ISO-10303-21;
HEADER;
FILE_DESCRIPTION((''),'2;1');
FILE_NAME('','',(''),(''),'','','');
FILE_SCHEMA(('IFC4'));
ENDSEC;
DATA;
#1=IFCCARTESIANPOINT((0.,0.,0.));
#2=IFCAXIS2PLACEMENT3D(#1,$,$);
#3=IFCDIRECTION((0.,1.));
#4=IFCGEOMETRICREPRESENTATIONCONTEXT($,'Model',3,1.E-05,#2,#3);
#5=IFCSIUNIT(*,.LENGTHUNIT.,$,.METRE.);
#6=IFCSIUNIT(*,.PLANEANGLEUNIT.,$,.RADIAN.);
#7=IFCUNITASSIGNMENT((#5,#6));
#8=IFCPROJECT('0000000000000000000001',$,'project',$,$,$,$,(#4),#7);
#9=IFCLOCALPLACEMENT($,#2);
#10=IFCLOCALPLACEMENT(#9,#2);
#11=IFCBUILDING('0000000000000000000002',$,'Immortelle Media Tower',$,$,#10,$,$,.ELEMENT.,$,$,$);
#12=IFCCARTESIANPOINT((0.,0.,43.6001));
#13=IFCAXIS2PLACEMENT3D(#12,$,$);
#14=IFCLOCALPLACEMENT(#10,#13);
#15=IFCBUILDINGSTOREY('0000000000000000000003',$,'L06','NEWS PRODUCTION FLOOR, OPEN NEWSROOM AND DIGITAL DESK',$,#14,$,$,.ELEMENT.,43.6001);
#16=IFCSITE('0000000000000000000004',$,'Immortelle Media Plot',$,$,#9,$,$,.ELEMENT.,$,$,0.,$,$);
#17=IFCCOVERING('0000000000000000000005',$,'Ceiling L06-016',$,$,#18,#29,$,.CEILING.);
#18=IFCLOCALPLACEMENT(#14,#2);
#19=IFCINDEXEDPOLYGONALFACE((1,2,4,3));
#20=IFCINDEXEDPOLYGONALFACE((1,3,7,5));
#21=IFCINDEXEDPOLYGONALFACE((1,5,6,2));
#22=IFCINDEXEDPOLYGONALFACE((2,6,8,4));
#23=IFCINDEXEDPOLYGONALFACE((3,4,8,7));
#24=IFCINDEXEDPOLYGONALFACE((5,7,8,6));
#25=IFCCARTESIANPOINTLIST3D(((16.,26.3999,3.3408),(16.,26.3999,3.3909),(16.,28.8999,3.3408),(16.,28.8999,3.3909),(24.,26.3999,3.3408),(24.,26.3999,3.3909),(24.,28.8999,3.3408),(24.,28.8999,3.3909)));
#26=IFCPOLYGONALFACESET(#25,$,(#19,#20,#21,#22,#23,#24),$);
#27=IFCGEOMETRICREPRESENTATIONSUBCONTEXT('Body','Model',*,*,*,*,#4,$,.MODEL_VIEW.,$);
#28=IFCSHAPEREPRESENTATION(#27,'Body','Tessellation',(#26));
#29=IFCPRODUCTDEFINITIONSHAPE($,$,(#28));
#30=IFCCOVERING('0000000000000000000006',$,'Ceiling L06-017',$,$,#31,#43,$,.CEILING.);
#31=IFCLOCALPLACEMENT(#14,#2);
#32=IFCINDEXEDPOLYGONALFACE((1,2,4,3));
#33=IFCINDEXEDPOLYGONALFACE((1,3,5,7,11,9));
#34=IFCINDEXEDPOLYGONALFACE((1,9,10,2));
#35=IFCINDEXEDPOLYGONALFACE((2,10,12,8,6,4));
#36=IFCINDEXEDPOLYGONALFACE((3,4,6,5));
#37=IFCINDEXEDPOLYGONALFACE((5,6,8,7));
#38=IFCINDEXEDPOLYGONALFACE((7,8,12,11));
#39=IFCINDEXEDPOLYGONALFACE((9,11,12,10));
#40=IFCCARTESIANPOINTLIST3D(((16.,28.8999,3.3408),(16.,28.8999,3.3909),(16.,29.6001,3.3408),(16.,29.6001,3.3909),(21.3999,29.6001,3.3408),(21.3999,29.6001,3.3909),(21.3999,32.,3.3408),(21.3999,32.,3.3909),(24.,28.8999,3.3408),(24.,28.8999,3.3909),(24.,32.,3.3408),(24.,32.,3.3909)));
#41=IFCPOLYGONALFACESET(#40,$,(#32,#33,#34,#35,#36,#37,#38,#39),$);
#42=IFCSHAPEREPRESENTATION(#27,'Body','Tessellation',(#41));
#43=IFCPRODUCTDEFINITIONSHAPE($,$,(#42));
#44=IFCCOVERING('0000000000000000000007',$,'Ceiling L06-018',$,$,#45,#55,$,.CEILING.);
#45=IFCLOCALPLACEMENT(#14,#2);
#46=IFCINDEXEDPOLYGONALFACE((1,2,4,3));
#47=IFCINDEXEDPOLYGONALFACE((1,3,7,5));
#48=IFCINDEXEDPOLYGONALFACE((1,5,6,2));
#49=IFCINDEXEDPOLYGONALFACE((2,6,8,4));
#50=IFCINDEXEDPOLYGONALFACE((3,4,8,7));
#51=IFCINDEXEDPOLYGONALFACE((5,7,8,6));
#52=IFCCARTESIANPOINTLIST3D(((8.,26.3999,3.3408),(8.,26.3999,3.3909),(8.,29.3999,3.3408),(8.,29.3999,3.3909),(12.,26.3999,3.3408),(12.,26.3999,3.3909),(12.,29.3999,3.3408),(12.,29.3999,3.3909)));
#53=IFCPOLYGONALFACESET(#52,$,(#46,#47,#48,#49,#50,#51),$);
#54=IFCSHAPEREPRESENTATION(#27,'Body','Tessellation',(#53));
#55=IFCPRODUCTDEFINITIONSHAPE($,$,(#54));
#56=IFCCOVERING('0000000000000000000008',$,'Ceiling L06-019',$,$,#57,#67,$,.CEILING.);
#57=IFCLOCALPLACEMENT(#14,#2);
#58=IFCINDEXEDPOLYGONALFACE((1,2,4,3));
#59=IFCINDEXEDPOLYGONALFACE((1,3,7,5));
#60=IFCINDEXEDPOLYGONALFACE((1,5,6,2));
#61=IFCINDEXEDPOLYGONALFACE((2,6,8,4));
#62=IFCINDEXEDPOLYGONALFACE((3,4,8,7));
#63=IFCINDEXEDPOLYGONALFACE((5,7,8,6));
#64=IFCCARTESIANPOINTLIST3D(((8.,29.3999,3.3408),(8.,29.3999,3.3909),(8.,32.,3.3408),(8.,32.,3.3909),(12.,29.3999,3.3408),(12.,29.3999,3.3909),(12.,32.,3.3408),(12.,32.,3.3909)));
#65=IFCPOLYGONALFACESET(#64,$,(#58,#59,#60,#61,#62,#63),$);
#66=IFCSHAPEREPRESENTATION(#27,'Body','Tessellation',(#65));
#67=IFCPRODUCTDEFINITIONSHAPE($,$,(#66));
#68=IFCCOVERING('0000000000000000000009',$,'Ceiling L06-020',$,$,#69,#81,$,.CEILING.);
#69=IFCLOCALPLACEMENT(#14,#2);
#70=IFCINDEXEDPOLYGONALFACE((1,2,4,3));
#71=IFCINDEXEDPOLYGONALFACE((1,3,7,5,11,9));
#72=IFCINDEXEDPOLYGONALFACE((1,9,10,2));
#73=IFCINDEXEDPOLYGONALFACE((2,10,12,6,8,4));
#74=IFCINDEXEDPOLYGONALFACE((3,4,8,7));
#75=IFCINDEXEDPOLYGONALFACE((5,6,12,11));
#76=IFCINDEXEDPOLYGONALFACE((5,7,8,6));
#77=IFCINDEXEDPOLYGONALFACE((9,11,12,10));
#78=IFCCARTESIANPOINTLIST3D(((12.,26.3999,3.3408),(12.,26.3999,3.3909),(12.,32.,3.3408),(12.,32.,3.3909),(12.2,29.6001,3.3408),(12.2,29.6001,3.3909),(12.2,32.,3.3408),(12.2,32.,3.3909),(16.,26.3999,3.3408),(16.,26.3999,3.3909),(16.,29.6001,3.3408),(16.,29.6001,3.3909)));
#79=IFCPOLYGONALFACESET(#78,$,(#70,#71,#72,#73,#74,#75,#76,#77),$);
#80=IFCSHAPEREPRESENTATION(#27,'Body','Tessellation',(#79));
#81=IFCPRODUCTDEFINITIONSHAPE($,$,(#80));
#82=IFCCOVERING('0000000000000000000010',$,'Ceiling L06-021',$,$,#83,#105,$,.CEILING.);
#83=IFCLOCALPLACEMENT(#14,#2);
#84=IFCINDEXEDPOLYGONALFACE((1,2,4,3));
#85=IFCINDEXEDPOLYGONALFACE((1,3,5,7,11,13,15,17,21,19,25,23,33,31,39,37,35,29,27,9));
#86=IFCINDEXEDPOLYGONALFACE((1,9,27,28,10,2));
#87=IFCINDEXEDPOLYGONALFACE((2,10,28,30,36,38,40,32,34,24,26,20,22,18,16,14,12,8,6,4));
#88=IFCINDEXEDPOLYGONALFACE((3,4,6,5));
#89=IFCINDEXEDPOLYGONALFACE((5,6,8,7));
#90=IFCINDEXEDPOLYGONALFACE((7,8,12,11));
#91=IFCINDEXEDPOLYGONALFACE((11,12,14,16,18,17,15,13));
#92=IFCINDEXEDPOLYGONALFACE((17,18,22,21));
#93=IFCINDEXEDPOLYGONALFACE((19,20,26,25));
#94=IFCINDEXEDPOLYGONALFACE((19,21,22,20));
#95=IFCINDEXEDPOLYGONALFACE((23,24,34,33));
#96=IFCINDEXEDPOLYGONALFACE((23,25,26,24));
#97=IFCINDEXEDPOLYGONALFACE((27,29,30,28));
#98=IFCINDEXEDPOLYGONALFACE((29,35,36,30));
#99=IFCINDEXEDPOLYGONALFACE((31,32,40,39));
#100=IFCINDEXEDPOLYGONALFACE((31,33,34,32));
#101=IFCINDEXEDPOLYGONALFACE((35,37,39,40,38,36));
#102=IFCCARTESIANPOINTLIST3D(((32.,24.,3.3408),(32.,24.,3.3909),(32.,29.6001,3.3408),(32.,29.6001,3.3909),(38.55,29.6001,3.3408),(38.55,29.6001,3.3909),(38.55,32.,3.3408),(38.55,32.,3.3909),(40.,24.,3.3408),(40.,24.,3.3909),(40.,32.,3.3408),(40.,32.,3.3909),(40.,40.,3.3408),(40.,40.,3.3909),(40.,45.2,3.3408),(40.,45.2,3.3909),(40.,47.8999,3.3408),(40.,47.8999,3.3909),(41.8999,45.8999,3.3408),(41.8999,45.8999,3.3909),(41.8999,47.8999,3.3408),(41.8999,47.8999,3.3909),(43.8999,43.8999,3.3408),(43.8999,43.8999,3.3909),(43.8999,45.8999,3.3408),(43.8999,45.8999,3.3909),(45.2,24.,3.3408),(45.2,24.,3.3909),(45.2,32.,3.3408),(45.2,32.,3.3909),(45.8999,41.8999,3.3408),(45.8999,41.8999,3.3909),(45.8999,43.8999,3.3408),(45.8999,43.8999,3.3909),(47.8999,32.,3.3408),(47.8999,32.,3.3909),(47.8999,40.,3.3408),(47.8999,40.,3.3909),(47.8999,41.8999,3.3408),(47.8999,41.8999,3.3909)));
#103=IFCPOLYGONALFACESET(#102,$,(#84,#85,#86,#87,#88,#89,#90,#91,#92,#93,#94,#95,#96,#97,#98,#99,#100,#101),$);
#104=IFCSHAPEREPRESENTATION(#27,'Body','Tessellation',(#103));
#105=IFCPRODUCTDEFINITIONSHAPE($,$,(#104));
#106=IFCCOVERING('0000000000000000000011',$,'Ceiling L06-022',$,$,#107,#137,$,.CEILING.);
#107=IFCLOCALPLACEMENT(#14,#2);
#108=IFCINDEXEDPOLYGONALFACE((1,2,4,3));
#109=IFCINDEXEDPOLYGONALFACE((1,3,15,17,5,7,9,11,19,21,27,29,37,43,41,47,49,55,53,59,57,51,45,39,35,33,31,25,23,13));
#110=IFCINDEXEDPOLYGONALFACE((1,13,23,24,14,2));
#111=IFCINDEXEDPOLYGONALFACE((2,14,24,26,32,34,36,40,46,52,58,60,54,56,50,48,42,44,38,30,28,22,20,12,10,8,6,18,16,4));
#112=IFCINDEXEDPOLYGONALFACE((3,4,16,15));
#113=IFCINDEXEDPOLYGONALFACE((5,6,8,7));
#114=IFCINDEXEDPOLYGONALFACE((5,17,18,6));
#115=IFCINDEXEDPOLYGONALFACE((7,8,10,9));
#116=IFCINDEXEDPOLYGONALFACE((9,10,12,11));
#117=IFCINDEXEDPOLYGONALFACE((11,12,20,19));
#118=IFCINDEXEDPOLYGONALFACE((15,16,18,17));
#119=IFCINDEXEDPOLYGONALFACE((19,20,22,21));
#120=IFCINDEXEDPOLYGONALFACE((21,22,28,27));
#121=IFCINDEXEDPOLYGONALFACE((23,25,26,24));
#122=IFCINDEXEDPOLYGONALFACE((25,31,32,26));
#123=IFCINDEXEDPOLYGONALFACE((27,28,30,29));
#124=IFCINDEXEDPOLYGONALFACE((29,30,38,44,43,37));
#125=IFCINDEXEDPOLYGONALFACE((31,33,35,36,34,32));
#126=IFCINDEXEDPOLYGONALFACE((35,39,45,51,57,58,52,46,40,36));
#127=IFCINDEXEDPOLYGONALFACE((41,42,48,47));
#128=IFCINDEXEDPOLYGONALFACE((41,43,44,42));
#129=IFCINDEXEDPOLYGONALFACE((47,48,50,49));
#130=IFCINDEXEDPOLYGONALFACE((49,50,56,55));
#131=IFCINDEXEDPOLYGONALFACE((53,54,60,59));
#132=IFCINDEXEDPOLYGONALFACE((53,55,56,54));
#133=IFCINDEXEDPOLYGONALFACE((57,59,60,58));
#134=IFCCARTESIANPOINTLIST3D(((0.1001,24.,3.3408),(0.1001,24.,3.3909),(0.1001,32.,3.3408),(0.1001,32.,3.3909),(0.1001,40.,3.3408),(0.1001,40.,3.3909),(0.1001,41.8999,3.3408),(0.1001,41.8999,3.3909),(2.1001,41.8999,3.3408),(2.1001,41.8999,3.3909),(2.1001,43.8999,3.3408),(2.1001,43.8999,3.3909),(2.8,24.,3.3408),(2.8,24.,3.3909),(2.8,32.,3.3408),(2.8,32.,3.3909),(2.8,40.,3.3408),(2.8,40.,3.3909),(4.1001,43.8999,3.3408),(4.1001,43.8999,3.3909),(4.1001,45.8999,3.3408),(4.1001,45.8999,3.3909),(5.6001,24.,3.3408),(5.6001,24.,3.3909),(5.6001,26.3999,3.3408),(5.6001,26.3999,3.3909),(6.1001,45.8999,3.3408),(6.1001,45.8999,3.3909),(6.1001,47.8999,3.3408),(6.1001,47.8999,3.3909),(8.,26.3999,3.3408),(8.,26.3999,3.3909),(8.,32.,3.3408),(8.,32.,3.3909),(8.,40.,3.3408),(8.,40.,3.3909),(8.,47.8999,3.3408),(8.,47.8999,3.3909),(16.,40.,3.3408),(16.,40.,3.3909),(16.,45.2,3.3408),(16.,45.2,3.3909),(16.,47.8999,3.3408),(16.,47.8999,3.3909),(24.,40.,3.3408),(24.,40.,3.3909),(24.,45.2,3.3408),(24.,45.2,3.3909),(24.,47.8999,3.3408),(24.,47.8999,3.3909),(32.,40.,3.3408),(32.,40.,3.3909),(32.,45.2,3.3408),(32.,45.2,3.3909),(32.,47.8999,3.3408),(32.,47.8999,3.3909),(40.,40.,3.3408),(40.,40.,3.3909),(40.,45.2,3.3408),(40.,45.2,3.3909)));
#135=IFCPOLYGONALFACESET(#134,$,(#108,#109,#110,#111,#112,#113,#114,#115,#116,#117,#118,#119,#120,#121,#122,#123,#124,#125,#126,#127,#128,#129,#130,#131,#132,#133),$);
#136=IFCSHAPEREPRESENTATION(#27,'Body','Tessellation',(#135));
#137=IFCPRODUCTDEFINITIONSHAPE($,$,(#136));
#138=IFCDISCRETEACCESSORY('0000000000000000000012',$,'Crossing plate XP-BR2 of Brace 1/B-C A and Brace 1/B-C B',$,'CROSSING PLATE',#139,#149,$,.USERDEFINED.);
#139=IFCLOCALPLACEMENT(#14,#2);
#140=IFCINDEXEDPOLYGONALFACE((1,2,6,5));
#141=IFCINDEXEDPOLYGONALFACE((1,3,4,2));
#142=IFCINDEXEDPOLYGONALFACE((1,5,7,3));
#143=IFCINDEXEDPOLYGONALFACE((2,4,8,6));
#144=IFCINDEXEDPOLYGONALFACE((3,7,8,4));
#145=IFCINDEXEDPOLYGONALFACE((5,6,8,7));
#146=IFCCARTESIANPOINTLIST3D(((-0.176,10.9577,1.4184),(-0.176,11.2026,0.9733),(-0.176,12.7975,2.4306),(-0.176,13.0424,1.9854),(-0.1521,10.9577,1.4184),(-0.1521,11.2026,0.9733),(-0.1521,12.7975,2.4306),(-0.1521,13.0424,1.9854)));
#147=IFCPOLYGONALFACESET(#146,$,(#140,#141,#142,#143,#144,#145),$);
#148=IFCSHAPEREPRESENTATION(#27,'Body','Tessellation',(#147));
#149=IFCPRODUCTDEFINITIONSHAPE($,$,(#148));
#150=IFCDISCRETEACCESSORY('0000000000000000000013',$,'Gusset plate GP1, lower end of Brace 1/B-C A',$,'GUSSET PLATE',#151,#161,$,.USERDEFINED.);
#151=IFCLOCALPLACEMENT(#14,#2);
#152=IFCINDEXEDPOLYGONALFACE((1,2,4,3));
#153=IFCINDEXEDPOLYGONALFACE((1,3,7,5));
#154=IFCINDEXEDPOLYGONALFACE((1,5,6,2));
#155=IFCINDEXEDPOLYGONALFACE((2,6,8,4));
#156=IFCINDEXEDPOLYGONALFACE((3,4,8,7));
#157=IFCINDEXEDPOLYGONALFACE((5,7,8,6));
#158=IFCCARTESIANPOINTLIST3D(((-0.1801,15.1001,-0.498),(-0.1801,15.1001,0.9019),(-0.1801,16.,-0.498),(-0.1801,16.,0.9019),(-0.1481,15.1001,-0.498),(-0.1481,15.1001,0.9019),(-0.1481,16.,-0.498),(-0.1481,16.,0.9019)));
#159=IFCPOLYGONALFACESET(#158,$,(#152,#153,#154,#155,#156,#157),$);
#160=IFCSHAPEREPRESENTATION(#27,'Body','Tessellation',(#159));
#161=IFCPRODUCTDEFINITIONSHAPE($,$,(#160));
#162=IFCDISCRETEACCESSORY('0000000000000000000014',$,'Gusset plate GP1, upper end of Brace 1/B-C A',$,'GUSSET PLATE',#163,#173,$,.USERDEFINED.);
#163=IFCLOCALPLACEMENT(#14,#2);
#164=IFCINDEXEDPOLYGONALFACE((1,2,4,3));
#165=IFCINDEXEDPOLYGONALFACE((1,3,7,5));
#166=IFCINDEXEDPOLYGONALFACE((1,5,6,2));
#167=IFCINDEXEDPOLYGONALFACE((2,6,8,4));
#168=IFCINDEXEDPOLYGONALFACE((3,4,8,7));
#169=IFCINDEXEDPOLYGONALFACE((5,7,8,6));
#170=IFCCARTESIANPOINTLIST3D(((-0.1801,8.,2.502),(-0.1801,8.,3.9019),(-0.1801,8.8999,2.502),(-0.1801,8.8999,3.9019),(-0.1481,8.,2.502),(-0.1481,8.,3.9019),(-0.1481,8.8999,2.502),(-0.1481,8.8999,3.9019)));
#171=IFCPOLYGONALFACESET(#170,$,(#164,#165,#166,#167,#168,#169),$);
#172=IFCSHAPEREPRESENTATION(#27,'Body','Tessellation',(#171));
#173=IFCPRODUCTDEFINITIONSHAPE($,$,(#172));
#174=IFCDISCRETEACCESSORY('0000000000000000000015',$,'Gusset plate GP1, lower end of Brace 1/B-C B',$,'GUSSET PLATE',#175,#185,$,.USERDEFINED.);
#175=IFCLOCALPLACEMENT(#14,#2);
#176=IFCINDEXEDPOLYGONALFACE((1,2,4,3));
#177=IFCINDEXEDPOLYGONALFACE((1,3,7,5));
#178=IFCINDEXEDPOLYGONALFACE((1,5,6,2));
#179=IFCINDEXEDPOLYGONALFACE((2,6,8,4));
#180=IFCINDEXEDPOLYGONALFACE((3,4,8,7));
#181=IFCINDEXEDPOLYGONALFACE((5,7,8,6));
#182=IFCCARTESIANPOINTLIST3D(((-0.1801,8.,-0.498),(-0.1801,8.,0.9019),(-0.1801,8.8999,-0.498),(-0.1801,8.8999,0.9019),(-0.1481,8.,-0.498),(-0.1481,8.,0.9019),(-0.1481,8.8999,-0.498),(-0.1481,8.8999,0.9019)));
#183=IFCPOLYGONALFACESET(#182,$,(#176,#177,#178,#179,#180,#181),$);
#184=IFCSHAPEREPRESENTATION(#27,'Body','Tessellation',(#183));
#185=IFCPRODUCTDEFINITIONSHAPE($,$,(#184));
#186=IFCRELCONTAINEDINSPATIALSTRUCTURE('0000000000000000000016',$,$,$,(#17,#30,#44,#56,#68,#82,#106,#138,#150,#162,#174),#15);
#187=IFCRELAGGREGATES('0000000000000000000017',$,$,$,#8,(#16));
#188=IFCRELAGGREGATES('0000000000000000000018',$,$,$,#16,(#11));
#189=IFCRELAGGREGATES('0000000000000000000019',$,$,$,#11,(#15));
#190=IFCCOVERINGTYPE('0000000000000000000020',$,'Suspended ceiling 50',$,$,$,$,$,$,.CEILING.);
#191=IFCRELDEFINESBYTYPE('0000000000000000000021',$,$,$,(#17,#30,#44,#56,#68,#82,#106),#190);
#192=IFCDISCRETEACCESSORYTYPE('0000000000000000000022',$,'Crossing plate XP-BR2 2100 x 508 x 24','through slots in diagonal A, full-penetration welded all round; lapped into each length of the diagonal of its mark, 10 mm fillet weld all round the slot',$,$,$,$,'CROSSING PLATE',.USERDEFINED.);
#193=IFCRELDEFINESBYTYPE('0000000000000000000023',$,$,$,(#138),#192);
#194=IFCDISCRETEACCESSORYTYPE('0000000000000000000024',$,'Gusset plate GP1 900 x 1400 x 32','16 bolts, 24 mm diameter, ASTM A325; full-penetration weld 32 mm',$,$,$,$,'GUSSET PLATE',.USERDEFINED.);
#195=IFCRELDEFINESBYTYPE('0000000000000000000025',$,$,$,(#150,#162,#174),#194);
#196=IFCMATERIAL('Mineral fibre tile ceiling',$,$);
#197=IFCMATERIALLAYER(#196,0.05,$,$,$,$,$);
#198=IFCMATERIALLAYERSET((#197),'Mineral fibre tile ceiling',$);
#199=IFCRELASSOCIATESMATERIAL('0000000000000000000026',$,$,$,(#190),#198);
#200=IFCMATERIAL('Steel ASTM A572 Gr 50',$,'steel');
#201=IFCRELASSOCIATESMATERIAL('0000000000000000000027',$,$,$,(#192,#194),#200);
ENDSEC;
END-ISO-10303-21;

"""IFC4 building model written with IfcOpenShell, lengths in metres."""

from ifc_helpers import new_model, si_unit, direction, frame, origin, origin_2d, place, context, subcontext, project, spatial, polyline, rectangle, outline, extrude, material, layer, layer_set, material_profile, profile_set, type_object, element, save


model = new_model("IFC4")

# Units and contexts
model_context = context("Model", 3, precision=1e-05, world=origin(), true_north=direction((0.0, 1.0)))
body_context = subcontext(model_context, "Body", "Model", "MODEL_VIEW")
ifc_project = project(units=[si_unit("LENGTHUNIT", "METRE"), si_unit("PLANEANGLEUNIT", "RADIAN")], contexts=[model_context])

# Site, building, storey
site_placement = place(None, origin())
site = spatial("IfcSite", under=ifc_project, at=site_placement, Name="Immortelle Media Plot", CompositionType="ELEMENT", RefElevation=0.0)
building_placement = place(site_placement, origin())
building = spatial("IfcBuilding", under=site, at=building_placement, Name="Immortelle Media Tower", CompositionType="ELEMENT")
storey_placement = place(building_placement, frame((0.0, 0.0, 43.6001)))
storey = spatial("IfcBuildingStorey", under=building, at=storey_placement, Name="L06", Description="NEWS PRODUCTION FLOOR, OPEN NEWSROOM AND DIGITAL DESK", CompositionType="ELEMENT", Elevation=43.6001)

# Coverings
ifc_material_1 = material(Name="Mineral fibre tile ceiling")
ifc_layer_1 = layer(ifc_material_1, 0.05)
ifc_layer_set_1 = layer_set([ifc_layer_1], Name="Mineral fibre tile ceiling")
covering_type = type_object("IfcCoveringType", Name="Suspended ceiling 50", PredefinedType="CEILING", material=ifc_layer_set_1)
covering_1_placement = place(storey_placement, frame((0.0, 0.0, 3.3408)))
element("IfcCovering", 1, at=covering_1_placement, inside=storey, type_object=covering_type, Name="Ceiling L06-016", PredefinedType="CEILING", context=body_context, shape_type="SweptSolid", body=[
    extrude(outline(polyline([(16.0, 28.8999), (24.0, 28.8999), (24.0, 26.3999), (16.0, 26.3999), (16.0, 28.8999)])), origin(), (0.0, 0.0, 1.0), 0.05),
])
covering_2_placement = place(storey_placement, frame((0.0, 0.0, 3.3408)))
element("IfcCovering", 2, at=covering_2_placement, inside=storey, type_object=covering_type, Name="Ceiling L06-017", PredefinedType="CEILING", context=body_context, shape_type="SweptSolid", body=[
    extrude(outline(polyline([(16.0, 29.6001), (21.3999, 29.6001), (21.3999, 32.0), (24.0, 32.0), (24.0, 28.8999), (16.0, 28.8999), (16.0, 29.6001)])), origin(), (0.0, 0.0, 1.0), 0.05),
])
covering_3_placement = place(storey_placement, frame((0.0, 0.0, 3.3408)))
element("IfcCovering", 3, at=covering_3_placement, inside=storey, type_object=covering_type, Name="Ceiling L06-018", PredefinedType="CEILING", context=body_context, shape_type="SweptSolid", body=[
    extrude(outline(polyline([(12.0, 26.3999), (8.0, 26.3999), (8.0, 29.3999), (12.0, 29.3999), (12.0, 26.3999)])), origin(), (0.0, 0.0, 1.0), 0.05),
])
covering_4_placement = place(storey_placement, frame((0.0, 0.0, 3.3408)))
element("IfcCovering", 4, at=covering_4_placement, inside=storey, type_object=covering_type, Name="Ceiling L06-019", PredefinedType="CEILING", context=body_context, shape_type="SweptSolid", body=[
    extrude(outline(polyline([(12.0, 32.0), (12.0, 29.3999), (8.0, 29.3999), (8.0, 32.0), (12.0, 32.0)])), origin(), (0.0, 0.0, 1.0), 0.05),
])
covering_5_placement = place(storey_placement, frame((0.0, 0.0, 3.3408)))
element("IfcCovering", 5, at=covering_5_placement, inside=storey, type_object=covering_type, Name="Ceiling L06-020", PredefinedType="CEILING", context=body_context, shape_type="SweptSolid", body=[
    extrude(outline(polyline([(12.2, 32.0), (12.2, 29.6001), (16.0, 29.6001), (16.0, 26.3999), (12.0, 26.3999), (12.0, 32.0), (12.2, 32.0)])), origin(), (0.0, 0.0, 1.0), 0.05),
])
covering_6_placement = place(storey_placement, frame((0.0, 0.0, 3.3408)))
element("IfcCovering", 6, at=covering_6_placement, inside=storey, type_object=covering_type, Name="Ceiling L06-021", PredefinedType="CEILING", context=body_context, shape_type="SweptSolid", body=[
    extrude(outline(polyline([(38.55, 32.0), (40.0, 32.0), (40.0, 40.0), (40.0, 45.2), (40.0, 47.8999), (41.8999, 47.8999), (41.8999, 45.8999), (43.8999, 45.8999), (43.8999, 43.8999), (45.8999, 43.8999), (45.8999, 41.8999), (47.8999, 41.8999), (47.8999, 40.0), (47.8999, 32.0), (45.2, 32.0), (45.2, 24.0), (40.0, 24.0), (32.0, 24.0), (32.0, 29.6001), (38.55, 29.6001), (38.55, 32.0)])), origin(), (0.0, 0.0, 1.0), 0.05),
])
covering_7_placement = place(storey_placement, frame((0.0, 0.0, 3.3408)))
element("IfcCovering", 7, at=covering_7_placement, inside=storey, type_object=covering_type, Name="Ceiling L06-022", PredefinedType="CEILING", context=body_context, shape_type="SweptSolid", body=[
    extrude(outline(polyline([(2.8, 40.0), (0.1001, 40.0), (0.1001, 41.8999), (2.1001, 41.8999), (2.1001, 43.8999), (4.1001, 43.8999), (4.1001, 45.8999), (6.1001, 45.8999), (6.1001, 47.8999), (8.0, 47.8999), (16.0, 47.8999), (16.0, 45.2), (24.0, 45.2), (24.0, 47.8999), (32.0, 47.8999), (32.0, 45.2), (40.0, 45.2), (40.0, 40.0), (32.0, 40.0), (24.0, 40.0), (16.0, 40.0), (8.0, 40.0), (8.0, 32.0), (8.0, 26.3999), (5.6001, 26.3999), (5.6001, 24.0), (2.8, 24.0), (0.1001, 24.0), (0.1001, 32.0), (2.8, 32.0), (2.8, 40.0)])), origin(), (0.0, 0.0, 1.0), 0.05),
])

# Discrete accessories
ifc_material_2 = material(Name="Steel ASTM A572 Gr 50", Category="steel")
ifc_material_profile_1 = material_profile(ifc_material_2, rectangle(XDim=0.0239, YDim=0.5081, at=origin_2d()), Name="PL 24 x 508")
ifc_profile_set_1 = profile_set([ifc_material_profile_1], Name="Steel ASTM A572 Gr 50")
discrete_accessory_type_1 = type_object("IfcDiscreteAccessoryType", Name="Crossing plate XP-BR2 2100 x 508 x 24", Description="through slots in diagonal A, full-penetration welded all round; lapped into each length of the diagonal of its mark, 10 mm fillet weld all round the slot", ElementType="CROSSING PLATE", PredefinedType="USERDEFINED", material=ifc_profile_set_1)
discrete_accessory_placement = place(storey_placement, frame((-0.1641, 12.9199, 2.208), z_axis=(0.0, -0.876157, -0.482026), x_axis=(1.0, 0.0, 0.0)))
element("IfcDiscreteAccessory", 8, at=discrete_accessory_placement, inside=storey, type_object=discrete_accessory_type_1, Name="Crossing plate XP-BR2 of Brace 1/B-C A and Brace 1/B-C B", ObjectType="CROSSING PLATE", PredefinedType="USERDEFINED", context=body_context, shape_type="SweptSolid", body=[
    extrude(rectangle(XDim=0.0239, YDim=0.5081, at=origin_2d()), origin(), (0.0, 0.0, 1.0), 2.0999),
])
ifc_material_profile_2 = material_profile(ifc_material_2, rectangle(XDim=0.032, YDim=1.3999, at=origin_2d()), Name="PL 32 x 1400")
ifc_profile_set_2 = profile_set([ifc_material_profile_2], Name="Steel ASTM A572 Gr 50")
discrete_accessory_type_2 = type_object("IfcDiscreteAccessoryType", Name="Gusset plate GP1 900 x 1400 x 32", Description="16 bolts, 24 mm diameter, ASTM A325; full-penetration weld 32 mm", ElementType="GUSSET PLATE", PredefinedType="USERDEFINED", material=ifc_profile_set_2)
for number, where, z_axis, x_axis, name in (
    (9, (-0.1641, 16.0, 0.2019), (0.0, -1.0, 0.0), (1.0, 0.0, 0.0), "Gusset plate GP1, lower end of Brace 1/B-C A"),
    (10, (-0.1641, 8.0, 3.2019), (0.0, 1.0, 0.0), (-1.0, 0.0, 0.0), "Gusset plate GP1, upper end of Brace 1/B-C A"),
    (11, (-0.1641, 8.0, 0.2019), (0.0, 1.0, 0.0), (-1.0, 0.0, 0.0), "Gusset plate GP1, lower end of Brace 1/B-C B"),
):
    element("IfcDiscreteAccessory", number, at=place(storey_placement, frame(where, z_axis=z_axis, x_axis=x_axis)), inside=storey, type_object=discrete_accessory_type_2, Name=name, ObjectType="GUSSET PLATE", PredefinedType="USERDEFINED", context=body_context, shape_type="SweptSolid", body=[
        extrude(rectangle(XDim=0.032, YDim=1.3999, at=origin_2d()), origin(), (0.0, 0.0, 1.0), 0.8999),
    ])

save(model, "model.ifc")
